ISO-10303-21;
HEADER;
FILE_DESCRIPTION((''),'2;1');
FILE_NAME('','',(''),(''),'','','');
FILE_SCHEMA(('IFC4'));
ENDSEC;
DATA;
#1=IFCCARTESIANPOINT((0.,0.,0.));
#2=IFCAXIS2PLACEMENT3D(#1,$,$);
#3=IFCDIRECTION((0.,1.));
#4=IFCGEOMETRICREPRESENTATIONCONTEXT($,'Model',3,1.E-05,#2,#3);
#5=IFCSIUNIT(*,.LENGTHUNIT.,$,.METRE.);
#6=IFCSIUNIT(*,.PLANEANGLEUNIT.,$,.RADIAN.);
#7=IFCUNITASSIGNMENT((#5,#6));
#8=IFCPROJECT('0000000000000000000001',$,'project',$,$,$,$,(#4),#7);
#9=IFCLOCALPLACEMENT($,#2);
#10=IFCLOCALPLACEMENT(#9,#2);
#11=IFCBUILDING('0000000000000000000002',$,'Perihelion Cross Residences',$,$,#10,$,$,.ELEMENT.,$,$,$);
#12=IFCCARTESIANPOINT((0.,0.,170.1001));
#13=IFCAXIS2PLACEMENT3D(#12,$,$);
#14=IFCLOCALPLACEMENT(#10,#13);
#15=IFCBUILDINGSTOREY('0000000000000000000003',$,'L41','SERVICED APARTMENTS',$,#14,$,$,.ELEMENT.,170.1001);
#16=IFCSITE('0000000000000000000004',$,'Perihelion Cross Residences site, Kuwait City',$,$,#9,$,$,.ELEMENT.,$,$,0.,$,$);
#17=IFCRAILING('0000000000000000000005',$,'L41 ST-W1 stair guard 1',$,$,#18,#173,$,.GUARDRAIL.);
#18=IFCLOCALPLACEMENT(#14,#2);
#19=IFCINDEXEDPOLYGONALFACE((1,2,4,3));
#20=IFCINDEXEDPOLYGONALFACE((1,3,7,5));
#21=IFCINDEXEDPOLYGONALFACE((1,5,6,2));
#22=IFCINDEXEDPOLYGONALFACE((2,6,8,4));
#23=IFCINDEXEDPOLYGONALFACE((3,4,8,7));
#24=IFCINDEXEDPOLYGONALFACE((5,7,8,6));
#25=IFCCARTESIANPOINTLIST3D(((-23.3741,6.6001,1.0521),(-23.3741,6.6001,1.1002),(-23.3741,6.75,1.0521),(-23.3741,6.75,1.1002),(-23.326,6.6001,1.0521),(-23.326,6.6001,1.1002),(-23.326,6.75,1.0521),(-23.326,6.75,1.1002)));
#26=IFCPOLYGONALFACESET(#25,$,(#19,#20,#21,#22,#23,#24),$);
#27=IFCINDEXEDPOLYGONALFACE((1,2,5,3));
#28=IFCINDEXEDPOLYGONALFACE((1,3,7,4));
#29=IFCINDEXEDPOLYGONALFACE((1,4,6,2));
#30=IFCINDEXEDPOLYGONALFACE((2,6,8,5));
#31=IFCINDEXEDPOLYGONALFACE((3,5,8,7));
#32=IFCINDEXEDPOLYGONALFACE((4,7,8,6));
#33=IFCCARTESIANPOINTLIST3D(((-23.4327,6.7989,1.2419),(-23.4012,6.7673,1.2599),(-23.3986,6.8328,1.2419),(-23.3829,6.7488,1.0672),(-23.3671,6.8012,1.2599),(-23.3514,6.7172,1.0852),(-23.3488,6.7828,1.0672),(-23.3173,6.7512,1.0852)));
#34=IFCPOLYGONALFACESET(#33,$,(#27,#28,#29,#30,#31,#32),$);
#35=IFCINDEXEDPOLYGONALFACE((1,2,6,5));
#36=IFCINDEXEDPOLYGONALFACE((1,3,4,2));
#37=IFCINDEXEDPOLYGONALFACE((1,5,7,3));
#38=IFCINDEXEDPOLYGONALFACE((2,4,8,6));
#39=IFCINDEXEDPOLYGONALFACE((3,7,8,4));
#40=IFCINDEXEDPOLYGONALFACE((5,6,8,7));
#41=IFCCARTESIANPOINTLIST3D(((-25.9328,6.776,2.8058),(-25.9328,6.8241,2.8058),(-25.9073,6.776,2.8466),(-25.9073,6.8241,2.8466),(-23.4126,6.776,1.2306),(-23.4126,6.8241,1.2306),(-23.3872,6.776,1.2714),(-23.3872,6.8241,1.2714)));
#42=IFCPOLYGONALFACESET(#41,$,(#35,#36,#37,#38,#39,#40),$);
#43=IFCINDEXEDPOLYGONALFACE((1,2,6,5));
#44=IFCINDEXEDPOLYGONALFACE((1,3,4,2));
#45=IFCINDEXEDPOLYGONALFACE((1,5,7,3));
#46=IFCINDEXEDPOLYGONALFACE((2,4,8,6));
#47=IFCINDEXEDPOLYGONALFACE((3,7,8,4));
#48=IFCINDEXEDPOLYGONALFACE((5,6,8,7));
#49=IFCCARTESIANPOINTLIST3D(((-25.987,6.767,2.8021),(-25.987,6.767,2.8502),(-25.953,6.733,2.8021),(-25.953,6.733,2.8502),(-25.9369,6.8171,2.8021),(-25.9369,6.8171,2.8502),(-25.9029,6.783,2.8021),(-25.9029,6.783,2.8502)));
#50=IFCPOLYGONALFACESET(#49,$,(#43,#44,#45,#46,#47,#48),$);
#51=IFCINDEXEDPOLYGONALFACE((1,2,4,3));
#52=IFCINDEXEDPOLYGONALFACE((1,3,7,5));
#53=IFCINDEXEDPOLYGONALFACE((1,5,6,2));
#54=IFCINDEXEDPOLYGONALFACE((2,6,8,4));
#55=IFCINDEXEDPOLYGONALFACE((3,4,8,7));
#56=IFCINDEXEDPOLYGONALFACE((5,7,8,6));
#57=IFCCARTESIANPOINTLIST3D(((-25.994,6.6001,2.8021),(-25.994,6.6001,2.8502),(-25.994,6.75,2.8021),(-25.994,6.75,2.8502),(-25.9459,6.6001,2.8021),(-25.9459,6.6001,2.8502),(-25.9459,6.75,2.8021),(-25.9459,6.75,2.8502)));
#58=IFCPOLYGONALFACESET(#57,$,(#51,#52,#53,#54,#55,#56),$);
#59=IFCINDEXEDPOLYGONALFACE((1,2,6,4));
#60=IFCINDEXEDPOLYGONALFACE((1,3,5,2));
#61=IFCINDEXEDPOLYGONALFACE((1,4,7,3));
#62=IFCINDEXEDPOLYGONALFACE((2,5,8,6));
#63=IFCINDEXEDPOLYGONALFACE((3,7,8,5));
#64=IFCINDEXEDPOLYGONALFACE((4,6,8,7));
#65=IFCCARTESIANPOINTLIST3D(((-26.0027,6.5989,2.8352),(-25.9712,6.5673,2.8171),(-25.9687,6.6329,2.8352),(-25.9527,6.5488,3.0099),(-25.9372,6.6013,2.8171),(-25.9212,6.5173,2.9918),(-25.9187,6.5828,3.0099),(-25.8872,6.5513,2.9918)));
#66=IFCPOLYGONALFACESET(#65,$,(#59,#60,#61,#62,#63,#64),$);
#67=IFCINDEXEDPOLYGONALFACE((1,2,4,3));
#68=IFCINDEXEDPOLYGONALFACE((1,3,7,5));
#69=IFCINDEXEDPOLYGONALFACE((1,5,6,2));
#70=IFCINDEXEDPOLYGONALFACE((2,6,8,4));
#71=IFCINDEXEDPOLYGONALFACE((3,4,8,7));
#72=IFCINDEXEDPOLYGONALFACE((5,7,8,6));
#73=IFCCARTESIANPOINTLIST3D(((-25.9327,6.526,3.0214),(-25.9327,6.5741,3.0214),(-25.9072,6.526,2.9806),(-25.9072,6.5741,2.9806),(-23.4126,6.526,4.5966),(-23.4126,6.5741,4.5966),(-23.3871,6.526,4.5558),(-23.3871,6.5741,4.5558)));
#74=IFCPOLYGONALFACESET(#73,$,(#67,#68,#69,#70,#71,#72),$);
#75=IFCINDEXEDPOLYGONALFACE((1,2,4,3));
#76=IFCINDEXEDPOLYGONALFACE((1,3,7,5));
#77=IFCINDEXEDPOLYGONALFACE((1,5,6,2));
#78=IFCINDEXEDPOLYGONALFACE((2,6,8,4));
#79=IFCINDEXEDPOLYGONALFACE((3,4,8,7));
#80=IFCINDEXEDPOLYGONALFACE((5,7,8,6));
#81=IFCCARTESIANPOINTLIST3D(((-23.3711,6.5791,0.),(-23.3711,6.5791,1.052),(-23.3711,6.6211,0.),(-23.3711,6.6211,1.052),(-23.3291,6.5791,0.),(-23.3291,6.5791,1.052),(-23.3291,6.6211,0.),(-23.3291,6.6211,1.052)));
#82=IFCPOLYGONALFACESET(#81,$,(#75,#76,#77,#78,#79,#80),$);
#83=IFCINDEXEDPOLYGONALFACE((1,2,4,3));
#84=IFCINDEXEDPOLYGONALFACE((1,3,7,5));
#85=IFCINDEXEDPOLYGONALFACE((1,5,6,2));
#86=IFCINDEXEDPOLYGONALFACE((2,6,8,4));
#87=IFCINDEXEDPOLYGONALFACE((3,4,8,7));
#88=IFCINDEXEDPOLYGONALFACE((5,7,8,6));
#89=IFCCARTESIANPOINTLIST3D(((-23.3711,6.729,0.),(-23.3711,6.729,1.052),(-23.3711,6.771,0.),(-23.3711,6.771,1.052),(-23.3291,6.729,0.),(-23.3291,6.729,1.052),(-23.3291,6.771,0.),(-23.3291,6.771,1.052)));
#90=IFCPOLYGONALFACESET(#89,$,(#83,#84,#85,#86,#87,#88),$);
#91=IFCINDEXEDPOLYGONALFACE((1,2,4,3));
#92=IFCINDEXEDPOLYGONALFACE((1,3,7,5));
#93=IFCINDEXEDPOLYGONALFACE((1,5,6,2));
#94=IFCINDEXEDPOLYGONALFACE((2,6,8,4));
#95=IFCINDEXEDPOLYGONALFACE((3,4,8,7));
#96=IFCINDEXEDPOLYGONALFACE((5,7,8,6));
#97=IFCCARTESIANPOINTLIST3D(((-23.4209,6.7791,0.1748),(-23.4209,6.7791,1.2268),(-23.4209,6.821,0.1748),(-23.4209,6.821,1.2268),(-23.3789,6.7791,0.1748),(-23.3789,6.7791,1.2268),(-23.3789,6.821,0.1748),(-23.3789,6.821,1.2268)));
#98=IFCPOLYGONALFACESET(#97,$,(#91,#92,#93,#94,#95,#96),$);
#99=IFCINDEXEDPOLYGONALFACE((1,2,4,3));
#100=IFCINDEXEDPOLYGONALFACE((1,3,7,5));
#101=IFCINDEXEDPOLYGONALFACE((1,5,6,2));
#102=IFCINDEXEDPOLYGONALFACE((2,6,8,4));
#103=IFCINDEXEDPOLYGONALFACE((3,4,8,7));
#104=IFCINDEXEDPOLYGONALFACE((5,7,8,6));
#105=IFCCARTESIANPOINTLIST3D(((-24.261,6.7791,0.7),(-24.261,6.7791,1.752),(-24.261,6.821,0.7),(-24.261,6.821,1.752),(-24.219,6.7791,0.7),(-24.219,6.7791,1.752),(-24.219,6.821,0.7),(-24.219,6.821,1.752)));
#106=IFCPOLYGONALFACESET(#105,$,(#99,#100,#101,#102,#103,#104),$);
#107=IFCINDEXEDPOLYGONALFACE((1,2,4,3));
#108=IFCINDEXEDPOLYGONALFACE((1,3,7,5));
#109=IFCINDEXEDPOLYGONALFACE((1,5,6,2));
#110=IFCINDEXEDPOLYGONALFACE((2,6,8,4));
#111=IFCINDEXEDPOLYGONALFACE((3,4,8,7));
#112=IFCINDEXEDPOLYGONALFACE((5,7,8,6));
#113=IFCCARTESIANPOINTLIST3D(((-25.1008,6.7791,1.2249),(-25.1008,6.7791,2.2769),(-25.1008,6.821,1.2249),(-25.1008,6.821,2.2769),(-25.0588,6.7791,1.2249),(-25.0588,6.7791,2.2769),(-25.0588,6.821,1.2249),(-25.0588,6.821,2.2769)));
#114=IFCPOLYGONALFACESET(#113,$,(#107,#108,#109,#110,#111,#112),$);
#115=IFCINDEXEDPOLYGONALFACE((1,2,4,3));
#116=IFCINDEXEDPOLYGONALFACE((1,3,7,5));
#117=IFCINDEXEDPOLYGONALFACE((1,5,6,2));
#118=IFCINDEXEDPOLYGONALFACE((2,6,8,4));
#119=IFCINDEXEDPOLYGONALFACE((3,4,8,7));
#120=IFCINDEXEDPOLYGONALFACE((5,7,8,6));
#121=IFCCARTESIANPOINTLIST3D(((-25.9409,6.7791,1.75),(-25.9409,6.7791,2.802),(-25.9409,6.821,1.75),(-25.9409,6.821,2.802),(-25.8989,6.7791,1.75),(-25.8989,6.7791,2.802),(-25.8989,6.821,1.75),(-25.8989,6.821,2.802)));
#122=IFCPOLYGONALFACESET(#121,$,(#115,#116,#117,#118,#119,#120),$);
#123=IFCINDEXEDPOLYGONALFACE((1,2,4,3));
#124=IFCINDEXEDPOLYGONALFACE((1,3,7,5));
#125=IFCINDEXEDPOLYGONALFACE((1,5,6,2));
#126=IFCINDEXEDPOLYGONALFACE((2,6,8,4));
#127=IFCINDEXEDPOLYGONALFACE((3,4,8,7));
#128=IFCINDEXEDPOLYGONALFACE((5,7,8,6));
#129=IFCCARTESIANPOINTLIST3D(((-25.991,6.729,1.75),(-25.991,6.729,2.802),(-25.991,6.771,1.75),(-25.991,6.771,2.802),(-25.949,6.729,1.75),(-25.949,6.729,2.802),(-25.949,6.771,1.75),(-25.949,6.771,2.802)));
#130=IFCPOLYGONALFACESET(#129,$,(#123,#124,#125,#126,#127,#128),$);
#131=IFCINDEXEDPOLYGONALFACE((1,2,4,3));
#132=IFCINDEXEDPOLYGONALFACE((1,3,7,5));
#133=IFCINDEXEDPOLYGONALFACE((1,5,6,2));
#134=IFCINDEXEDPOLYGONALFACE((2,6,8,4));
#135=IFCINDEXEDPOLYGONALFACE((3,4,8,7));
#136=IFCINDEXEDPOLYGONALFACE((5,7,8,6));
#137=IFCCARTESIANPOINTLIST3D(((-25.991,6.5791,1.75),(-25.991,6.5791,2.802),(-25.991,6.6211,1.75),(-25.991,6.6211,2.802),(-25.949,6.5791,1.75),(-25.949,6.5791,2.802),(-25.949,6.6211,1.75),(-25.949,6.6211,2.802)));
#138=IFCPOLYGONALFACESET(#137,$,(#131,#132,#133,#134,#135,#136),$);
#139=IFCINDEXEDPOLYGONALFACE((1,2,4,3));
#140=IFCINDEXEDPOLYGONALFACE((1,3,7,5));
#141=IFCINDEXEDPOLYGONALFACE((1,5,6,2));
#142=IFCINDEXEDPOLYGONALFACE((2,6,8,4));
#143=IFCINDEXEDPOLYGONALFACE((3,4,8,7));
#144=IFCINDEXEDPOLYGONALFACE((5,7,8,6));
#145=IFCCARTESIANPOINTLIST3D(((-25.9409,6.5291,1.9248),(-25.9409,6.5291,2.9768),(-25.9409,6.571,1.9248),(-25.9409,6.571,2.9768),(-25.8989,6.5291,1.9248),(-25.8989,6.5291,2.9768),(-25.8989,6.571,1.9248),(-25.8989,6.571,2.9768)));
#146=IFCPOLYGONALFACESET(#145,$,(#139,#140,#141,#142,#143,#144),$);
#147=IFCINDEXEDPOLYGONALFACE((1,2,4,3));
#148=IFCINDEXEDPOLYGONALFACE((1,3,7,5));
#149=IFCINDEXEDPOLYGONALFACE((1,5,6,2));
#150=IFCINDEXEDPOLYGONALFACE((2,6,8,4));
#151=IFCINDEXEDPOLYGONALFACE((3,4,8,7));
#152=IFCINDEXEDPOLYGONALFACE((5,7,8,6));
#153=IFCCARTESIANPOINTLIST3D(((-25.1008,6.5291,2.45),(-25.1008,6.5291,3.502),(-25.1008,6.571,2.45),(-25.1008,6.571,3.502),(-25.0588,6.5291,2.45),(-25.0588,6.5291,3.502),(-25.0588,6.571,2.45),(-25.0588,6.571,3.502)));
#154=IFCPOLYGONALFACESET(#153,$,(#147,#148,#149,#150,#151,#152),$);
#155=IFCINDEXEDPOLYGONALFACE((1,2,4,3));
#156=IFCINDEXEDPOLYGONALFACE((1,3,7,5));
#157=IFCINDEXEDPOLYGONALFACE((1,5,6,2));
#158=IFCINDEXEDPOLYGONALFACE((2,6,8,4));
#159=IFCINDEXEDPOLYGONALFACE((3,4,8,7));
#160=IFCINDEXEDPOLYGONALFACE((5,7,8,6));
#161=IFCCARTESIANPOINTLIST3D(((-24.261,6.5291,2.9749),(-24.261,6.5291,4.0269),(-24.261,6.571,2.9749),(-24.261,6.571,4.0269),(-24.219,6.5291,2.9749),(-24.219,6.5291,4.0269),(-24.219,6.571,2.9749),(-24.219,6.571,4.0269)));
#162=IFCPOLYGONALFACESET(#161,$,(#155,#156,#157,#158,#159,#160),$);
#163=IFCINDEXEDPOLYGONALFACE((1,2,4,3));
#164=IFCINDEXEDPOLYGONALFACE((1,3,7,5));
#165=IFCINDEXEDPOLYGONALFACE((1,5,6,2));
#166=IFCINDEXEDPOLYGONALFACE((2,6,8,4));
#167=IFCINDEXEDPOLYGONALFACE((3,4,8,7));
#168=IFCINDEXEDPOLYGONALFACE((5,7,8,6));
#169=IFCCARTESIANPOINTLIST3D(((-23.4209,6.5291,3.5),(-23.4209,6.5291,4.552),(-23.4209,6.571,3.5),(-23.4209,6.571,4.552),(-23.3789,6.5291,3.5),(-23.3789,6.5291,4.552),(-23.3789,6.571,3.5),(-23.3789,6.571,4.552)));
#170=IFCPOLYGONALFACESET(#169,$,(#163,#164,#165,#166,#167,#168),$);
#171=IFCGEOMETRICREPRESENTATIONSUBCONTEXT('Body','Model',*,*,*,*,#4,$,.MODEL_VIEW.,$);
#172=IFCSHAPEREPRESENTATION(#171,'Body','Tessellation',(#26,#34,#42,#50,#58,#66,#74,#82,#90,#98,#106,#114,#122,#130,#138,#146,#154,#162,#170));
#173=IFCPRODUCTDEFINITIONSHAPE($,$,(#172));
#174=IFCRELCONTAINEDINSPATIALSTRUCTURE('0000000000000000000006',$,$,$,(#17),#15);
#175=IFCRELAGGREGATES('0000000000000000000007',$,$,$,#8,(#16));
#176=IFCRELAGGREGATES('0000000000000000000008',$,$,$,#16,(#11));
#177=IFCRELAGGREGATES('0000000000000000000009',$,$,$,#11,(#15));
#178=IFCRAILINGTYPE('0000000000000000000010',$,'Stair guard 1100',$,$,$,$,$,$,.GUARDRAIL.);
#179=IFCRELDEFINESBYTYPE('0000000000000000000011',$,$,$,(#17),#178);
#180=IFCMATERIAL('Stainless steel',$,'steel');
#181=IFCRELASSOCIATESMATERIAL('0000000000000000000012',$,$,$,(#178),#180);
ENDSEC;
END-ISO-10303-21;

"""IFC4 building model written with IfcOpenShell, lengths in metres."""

from ifc_helpers import new_model, si_unit, direction, frame, origin, origin_2d, place, context, subcontext, project, spatial, rectangle, extrude, material, type_object, element, save


model = new_model("IFC4")

# Units and contexts
model_context = context("Model", 3, precision=1e-05, world=origin(), true_north=direction((0.0, 1.0)))
body_context = subcontext(model_context, "Body", "Model", "MODEL_VIEW")
ifc_project = project(units=[si_unit("LENGTHUNIT", "METRE"), si_unit("PLANEANGLEUNIT", "RADIAN")], contexts=[model_context])

# Site, building, storey
site_placement = place(None, origin())
site = spatial("IfcSite", under=ifc_project, at=site_placement, Name="Perihelion Cross Residences site, Kuwait City", CompositionType="ELEMENT", RefElevation=0.0)
building_placement = place(site_placement, origin())
building = spatial("IfcBuilding", under=site, at=building_placement, Name="Perihelion Cross Residences", CompositionType="ELEMENT")
storey_placement = place(building_placement, frame((0.0, 0.0, 170.1001)))
storey = spatial("IfcBuildingStorey", under=building, at=storey_placement, Name="L41", Description="SERVICED APARTMENTS", CompositionType="ELEMENT", Elevation=170.1001)

# Railing
ifc_material_1 = material(Name="Stainless steel", Category="steel")
railing_type_1 = type_object("IfcRailingType", Name="Stair guard 1100", PredefinedType="GUARDRAIL", material=ifc_material_1)
railing_1_placement = place(storey_placement, frame((-23.3501, 6.6001, 0.0)))
element("IfcRailing", 1, at=railing_1_placement, inside=storey, type_object=railing_type_1, Name="L41 ST-W1 stair guard 1", PredefinedType="GUARDRAIL", context=body_context, shape_type="SweptSolid", body=[
    extrude(rectangle(XDim=0.0481, YDim=0.0481, at=origin_2d()), frame((0.0, 0.0, 1.0762), z_axis=(0.0, 1.0, 0.0), x_axis=(-1.0, 0.0, 0.0)), (0.0, 0.0, 1.0), 0.1499),
    extrude(rectangle(XDim=0.0481, YDim=0.0481, at=origin_2d()), frame((0.0, 0.1499, 1.0762), z_axis=(-0.264179, 0.265474, 0.927218), x_axis=(-0.708834, -0.705376, 0.0)), (0.0, 0.0, 1.0), 0.1885),
    extrude(rectangle(XDim=0.0481, YDim=0.0481, at=origin_2d()), frame((-0.0498, 0.2, 1.251), z_axis=(-0.847971, 0.0, 0.530043), x_axis=(0.0, -1.0, 0.0)), (0.0, 0.0, 1.0), 2.9719),
    extrude(rectangle(XDim=0.0481, YDim=0.0481, at=origin_2d()), frame((-2.5698, 0.2, 2.8262), z_axis=(-0.707107, -0.707107, 0.0), x_axis=(0.707107, -0.707107, 0.0)), (0.0, 0.0, 1.0), 0.0708),
    extrude(rectangle(XDim=0.0481, YDim=0.0481, at=origin_2d()), frame((-2.6199, 0.1499, 2.8262), z_axis=(0.0, -1.0, 0.0), x_axis=(1.0, 0.0, 0.0)), (0.0, 0.0, 1.0), 0.1499),
    extrude(rectangle(XDim=0.0481, YDim=0.0481, at=origin_2d()), frame((-2.6199, 0.0, 2.8262), z_axis=(0.265383, -0.265383, 0.9269), x_axis=(0.707107, 0.707107, 0.0)), (0.0, 0.0, 1.0), 0.1885),
    extrude(rectangle(XDim=0.0481, YDim=0.0481, at=origin_2d()), frame((-2.5698, -0.05, 3.001), z_axis=(0.847971, 0.0, 0.530043), x_axis=(0.0, 1.0, 0.0)), (0.0, 0.0, 1.0), 2.9719),
    extrude(rectangle(XDim=0.042, YDim=0.042, at=origin_2d()), origin(), (0.0, 0.0, 1.0), 1.052),
    extrude(rectangle(XDim=0.042, YDim=0.042, at=origin_2d()), frame((0.0, 0.1499, 0.0)), (0.0, 0.0, 1.0), 1.052),
    extrude(rectangle(XDim=0.042, YDim=0.042, at=origin_2d()), frame((-0.0498, 0.2, 0.1748)), (0.0, 0.0, 1.0), 1.052),
    extrude(rectangle(XDim=0.042, YDim=0.042, at=origin_2d()), frame((-0.8899, 0.2, 0.7)), (0.0, 0.0, 1.0), 1.052),
    extrude(rectangle(XDim=0.042, YDim=0.042, at=origin_2d()), frame((-1.7297, 0.2, 1.2249)), (0.0, 0.0, 1.0), 1.052),
    extrude(rectangle(XDim=0.042, YDim=0.042, at=origin_2d()), frame((-2.5698, 0.2, 1.75)), (0.0, 0.0, 1.0), 1.052),
    extrude(rectangle(XDim=0.042, YDim=0.042, at=origin_2d()), frame((-2.6199, 0.1499, 1.75)), (0.0, 0.0, 1.0), 1.052),
    extrude(rectangle(XDim=0.042, YDim=0.042, at=origin_2d()), frame((-2.6199, 0.0, 1.75)), (0.0, 0.0, 1.0), 1.052),
    extrude(rectangle(XDim=0.042, YDim=0.042, at=origin_2d()), frame((-2.5698, -0.05, 1.9248)), (0.0, 0.0, 1.0), 1.052),
    extrude(rectangle(XDim=0.042, YDim=0.042, at=origin_2d()), frame((-1.7297, -0.05, 2.45)), (0.0, 0.0, 1.0), 1.052),
    extrude(rectangle(XDim=0.042, YDim=0.042, at=origin_2d()), frame((-0.8899, -0.05, 2.9749)), (0.0, 0.0, 1.0), 1.052),
    extrude(rectangle(XDim=0.042, YDim=0.042, at=origin_2d()), frame((-0.0498, -0.05, 3.5)), (0.0, 0.0, 1.0), 1.052),
])

save(model, "model.ifc")
